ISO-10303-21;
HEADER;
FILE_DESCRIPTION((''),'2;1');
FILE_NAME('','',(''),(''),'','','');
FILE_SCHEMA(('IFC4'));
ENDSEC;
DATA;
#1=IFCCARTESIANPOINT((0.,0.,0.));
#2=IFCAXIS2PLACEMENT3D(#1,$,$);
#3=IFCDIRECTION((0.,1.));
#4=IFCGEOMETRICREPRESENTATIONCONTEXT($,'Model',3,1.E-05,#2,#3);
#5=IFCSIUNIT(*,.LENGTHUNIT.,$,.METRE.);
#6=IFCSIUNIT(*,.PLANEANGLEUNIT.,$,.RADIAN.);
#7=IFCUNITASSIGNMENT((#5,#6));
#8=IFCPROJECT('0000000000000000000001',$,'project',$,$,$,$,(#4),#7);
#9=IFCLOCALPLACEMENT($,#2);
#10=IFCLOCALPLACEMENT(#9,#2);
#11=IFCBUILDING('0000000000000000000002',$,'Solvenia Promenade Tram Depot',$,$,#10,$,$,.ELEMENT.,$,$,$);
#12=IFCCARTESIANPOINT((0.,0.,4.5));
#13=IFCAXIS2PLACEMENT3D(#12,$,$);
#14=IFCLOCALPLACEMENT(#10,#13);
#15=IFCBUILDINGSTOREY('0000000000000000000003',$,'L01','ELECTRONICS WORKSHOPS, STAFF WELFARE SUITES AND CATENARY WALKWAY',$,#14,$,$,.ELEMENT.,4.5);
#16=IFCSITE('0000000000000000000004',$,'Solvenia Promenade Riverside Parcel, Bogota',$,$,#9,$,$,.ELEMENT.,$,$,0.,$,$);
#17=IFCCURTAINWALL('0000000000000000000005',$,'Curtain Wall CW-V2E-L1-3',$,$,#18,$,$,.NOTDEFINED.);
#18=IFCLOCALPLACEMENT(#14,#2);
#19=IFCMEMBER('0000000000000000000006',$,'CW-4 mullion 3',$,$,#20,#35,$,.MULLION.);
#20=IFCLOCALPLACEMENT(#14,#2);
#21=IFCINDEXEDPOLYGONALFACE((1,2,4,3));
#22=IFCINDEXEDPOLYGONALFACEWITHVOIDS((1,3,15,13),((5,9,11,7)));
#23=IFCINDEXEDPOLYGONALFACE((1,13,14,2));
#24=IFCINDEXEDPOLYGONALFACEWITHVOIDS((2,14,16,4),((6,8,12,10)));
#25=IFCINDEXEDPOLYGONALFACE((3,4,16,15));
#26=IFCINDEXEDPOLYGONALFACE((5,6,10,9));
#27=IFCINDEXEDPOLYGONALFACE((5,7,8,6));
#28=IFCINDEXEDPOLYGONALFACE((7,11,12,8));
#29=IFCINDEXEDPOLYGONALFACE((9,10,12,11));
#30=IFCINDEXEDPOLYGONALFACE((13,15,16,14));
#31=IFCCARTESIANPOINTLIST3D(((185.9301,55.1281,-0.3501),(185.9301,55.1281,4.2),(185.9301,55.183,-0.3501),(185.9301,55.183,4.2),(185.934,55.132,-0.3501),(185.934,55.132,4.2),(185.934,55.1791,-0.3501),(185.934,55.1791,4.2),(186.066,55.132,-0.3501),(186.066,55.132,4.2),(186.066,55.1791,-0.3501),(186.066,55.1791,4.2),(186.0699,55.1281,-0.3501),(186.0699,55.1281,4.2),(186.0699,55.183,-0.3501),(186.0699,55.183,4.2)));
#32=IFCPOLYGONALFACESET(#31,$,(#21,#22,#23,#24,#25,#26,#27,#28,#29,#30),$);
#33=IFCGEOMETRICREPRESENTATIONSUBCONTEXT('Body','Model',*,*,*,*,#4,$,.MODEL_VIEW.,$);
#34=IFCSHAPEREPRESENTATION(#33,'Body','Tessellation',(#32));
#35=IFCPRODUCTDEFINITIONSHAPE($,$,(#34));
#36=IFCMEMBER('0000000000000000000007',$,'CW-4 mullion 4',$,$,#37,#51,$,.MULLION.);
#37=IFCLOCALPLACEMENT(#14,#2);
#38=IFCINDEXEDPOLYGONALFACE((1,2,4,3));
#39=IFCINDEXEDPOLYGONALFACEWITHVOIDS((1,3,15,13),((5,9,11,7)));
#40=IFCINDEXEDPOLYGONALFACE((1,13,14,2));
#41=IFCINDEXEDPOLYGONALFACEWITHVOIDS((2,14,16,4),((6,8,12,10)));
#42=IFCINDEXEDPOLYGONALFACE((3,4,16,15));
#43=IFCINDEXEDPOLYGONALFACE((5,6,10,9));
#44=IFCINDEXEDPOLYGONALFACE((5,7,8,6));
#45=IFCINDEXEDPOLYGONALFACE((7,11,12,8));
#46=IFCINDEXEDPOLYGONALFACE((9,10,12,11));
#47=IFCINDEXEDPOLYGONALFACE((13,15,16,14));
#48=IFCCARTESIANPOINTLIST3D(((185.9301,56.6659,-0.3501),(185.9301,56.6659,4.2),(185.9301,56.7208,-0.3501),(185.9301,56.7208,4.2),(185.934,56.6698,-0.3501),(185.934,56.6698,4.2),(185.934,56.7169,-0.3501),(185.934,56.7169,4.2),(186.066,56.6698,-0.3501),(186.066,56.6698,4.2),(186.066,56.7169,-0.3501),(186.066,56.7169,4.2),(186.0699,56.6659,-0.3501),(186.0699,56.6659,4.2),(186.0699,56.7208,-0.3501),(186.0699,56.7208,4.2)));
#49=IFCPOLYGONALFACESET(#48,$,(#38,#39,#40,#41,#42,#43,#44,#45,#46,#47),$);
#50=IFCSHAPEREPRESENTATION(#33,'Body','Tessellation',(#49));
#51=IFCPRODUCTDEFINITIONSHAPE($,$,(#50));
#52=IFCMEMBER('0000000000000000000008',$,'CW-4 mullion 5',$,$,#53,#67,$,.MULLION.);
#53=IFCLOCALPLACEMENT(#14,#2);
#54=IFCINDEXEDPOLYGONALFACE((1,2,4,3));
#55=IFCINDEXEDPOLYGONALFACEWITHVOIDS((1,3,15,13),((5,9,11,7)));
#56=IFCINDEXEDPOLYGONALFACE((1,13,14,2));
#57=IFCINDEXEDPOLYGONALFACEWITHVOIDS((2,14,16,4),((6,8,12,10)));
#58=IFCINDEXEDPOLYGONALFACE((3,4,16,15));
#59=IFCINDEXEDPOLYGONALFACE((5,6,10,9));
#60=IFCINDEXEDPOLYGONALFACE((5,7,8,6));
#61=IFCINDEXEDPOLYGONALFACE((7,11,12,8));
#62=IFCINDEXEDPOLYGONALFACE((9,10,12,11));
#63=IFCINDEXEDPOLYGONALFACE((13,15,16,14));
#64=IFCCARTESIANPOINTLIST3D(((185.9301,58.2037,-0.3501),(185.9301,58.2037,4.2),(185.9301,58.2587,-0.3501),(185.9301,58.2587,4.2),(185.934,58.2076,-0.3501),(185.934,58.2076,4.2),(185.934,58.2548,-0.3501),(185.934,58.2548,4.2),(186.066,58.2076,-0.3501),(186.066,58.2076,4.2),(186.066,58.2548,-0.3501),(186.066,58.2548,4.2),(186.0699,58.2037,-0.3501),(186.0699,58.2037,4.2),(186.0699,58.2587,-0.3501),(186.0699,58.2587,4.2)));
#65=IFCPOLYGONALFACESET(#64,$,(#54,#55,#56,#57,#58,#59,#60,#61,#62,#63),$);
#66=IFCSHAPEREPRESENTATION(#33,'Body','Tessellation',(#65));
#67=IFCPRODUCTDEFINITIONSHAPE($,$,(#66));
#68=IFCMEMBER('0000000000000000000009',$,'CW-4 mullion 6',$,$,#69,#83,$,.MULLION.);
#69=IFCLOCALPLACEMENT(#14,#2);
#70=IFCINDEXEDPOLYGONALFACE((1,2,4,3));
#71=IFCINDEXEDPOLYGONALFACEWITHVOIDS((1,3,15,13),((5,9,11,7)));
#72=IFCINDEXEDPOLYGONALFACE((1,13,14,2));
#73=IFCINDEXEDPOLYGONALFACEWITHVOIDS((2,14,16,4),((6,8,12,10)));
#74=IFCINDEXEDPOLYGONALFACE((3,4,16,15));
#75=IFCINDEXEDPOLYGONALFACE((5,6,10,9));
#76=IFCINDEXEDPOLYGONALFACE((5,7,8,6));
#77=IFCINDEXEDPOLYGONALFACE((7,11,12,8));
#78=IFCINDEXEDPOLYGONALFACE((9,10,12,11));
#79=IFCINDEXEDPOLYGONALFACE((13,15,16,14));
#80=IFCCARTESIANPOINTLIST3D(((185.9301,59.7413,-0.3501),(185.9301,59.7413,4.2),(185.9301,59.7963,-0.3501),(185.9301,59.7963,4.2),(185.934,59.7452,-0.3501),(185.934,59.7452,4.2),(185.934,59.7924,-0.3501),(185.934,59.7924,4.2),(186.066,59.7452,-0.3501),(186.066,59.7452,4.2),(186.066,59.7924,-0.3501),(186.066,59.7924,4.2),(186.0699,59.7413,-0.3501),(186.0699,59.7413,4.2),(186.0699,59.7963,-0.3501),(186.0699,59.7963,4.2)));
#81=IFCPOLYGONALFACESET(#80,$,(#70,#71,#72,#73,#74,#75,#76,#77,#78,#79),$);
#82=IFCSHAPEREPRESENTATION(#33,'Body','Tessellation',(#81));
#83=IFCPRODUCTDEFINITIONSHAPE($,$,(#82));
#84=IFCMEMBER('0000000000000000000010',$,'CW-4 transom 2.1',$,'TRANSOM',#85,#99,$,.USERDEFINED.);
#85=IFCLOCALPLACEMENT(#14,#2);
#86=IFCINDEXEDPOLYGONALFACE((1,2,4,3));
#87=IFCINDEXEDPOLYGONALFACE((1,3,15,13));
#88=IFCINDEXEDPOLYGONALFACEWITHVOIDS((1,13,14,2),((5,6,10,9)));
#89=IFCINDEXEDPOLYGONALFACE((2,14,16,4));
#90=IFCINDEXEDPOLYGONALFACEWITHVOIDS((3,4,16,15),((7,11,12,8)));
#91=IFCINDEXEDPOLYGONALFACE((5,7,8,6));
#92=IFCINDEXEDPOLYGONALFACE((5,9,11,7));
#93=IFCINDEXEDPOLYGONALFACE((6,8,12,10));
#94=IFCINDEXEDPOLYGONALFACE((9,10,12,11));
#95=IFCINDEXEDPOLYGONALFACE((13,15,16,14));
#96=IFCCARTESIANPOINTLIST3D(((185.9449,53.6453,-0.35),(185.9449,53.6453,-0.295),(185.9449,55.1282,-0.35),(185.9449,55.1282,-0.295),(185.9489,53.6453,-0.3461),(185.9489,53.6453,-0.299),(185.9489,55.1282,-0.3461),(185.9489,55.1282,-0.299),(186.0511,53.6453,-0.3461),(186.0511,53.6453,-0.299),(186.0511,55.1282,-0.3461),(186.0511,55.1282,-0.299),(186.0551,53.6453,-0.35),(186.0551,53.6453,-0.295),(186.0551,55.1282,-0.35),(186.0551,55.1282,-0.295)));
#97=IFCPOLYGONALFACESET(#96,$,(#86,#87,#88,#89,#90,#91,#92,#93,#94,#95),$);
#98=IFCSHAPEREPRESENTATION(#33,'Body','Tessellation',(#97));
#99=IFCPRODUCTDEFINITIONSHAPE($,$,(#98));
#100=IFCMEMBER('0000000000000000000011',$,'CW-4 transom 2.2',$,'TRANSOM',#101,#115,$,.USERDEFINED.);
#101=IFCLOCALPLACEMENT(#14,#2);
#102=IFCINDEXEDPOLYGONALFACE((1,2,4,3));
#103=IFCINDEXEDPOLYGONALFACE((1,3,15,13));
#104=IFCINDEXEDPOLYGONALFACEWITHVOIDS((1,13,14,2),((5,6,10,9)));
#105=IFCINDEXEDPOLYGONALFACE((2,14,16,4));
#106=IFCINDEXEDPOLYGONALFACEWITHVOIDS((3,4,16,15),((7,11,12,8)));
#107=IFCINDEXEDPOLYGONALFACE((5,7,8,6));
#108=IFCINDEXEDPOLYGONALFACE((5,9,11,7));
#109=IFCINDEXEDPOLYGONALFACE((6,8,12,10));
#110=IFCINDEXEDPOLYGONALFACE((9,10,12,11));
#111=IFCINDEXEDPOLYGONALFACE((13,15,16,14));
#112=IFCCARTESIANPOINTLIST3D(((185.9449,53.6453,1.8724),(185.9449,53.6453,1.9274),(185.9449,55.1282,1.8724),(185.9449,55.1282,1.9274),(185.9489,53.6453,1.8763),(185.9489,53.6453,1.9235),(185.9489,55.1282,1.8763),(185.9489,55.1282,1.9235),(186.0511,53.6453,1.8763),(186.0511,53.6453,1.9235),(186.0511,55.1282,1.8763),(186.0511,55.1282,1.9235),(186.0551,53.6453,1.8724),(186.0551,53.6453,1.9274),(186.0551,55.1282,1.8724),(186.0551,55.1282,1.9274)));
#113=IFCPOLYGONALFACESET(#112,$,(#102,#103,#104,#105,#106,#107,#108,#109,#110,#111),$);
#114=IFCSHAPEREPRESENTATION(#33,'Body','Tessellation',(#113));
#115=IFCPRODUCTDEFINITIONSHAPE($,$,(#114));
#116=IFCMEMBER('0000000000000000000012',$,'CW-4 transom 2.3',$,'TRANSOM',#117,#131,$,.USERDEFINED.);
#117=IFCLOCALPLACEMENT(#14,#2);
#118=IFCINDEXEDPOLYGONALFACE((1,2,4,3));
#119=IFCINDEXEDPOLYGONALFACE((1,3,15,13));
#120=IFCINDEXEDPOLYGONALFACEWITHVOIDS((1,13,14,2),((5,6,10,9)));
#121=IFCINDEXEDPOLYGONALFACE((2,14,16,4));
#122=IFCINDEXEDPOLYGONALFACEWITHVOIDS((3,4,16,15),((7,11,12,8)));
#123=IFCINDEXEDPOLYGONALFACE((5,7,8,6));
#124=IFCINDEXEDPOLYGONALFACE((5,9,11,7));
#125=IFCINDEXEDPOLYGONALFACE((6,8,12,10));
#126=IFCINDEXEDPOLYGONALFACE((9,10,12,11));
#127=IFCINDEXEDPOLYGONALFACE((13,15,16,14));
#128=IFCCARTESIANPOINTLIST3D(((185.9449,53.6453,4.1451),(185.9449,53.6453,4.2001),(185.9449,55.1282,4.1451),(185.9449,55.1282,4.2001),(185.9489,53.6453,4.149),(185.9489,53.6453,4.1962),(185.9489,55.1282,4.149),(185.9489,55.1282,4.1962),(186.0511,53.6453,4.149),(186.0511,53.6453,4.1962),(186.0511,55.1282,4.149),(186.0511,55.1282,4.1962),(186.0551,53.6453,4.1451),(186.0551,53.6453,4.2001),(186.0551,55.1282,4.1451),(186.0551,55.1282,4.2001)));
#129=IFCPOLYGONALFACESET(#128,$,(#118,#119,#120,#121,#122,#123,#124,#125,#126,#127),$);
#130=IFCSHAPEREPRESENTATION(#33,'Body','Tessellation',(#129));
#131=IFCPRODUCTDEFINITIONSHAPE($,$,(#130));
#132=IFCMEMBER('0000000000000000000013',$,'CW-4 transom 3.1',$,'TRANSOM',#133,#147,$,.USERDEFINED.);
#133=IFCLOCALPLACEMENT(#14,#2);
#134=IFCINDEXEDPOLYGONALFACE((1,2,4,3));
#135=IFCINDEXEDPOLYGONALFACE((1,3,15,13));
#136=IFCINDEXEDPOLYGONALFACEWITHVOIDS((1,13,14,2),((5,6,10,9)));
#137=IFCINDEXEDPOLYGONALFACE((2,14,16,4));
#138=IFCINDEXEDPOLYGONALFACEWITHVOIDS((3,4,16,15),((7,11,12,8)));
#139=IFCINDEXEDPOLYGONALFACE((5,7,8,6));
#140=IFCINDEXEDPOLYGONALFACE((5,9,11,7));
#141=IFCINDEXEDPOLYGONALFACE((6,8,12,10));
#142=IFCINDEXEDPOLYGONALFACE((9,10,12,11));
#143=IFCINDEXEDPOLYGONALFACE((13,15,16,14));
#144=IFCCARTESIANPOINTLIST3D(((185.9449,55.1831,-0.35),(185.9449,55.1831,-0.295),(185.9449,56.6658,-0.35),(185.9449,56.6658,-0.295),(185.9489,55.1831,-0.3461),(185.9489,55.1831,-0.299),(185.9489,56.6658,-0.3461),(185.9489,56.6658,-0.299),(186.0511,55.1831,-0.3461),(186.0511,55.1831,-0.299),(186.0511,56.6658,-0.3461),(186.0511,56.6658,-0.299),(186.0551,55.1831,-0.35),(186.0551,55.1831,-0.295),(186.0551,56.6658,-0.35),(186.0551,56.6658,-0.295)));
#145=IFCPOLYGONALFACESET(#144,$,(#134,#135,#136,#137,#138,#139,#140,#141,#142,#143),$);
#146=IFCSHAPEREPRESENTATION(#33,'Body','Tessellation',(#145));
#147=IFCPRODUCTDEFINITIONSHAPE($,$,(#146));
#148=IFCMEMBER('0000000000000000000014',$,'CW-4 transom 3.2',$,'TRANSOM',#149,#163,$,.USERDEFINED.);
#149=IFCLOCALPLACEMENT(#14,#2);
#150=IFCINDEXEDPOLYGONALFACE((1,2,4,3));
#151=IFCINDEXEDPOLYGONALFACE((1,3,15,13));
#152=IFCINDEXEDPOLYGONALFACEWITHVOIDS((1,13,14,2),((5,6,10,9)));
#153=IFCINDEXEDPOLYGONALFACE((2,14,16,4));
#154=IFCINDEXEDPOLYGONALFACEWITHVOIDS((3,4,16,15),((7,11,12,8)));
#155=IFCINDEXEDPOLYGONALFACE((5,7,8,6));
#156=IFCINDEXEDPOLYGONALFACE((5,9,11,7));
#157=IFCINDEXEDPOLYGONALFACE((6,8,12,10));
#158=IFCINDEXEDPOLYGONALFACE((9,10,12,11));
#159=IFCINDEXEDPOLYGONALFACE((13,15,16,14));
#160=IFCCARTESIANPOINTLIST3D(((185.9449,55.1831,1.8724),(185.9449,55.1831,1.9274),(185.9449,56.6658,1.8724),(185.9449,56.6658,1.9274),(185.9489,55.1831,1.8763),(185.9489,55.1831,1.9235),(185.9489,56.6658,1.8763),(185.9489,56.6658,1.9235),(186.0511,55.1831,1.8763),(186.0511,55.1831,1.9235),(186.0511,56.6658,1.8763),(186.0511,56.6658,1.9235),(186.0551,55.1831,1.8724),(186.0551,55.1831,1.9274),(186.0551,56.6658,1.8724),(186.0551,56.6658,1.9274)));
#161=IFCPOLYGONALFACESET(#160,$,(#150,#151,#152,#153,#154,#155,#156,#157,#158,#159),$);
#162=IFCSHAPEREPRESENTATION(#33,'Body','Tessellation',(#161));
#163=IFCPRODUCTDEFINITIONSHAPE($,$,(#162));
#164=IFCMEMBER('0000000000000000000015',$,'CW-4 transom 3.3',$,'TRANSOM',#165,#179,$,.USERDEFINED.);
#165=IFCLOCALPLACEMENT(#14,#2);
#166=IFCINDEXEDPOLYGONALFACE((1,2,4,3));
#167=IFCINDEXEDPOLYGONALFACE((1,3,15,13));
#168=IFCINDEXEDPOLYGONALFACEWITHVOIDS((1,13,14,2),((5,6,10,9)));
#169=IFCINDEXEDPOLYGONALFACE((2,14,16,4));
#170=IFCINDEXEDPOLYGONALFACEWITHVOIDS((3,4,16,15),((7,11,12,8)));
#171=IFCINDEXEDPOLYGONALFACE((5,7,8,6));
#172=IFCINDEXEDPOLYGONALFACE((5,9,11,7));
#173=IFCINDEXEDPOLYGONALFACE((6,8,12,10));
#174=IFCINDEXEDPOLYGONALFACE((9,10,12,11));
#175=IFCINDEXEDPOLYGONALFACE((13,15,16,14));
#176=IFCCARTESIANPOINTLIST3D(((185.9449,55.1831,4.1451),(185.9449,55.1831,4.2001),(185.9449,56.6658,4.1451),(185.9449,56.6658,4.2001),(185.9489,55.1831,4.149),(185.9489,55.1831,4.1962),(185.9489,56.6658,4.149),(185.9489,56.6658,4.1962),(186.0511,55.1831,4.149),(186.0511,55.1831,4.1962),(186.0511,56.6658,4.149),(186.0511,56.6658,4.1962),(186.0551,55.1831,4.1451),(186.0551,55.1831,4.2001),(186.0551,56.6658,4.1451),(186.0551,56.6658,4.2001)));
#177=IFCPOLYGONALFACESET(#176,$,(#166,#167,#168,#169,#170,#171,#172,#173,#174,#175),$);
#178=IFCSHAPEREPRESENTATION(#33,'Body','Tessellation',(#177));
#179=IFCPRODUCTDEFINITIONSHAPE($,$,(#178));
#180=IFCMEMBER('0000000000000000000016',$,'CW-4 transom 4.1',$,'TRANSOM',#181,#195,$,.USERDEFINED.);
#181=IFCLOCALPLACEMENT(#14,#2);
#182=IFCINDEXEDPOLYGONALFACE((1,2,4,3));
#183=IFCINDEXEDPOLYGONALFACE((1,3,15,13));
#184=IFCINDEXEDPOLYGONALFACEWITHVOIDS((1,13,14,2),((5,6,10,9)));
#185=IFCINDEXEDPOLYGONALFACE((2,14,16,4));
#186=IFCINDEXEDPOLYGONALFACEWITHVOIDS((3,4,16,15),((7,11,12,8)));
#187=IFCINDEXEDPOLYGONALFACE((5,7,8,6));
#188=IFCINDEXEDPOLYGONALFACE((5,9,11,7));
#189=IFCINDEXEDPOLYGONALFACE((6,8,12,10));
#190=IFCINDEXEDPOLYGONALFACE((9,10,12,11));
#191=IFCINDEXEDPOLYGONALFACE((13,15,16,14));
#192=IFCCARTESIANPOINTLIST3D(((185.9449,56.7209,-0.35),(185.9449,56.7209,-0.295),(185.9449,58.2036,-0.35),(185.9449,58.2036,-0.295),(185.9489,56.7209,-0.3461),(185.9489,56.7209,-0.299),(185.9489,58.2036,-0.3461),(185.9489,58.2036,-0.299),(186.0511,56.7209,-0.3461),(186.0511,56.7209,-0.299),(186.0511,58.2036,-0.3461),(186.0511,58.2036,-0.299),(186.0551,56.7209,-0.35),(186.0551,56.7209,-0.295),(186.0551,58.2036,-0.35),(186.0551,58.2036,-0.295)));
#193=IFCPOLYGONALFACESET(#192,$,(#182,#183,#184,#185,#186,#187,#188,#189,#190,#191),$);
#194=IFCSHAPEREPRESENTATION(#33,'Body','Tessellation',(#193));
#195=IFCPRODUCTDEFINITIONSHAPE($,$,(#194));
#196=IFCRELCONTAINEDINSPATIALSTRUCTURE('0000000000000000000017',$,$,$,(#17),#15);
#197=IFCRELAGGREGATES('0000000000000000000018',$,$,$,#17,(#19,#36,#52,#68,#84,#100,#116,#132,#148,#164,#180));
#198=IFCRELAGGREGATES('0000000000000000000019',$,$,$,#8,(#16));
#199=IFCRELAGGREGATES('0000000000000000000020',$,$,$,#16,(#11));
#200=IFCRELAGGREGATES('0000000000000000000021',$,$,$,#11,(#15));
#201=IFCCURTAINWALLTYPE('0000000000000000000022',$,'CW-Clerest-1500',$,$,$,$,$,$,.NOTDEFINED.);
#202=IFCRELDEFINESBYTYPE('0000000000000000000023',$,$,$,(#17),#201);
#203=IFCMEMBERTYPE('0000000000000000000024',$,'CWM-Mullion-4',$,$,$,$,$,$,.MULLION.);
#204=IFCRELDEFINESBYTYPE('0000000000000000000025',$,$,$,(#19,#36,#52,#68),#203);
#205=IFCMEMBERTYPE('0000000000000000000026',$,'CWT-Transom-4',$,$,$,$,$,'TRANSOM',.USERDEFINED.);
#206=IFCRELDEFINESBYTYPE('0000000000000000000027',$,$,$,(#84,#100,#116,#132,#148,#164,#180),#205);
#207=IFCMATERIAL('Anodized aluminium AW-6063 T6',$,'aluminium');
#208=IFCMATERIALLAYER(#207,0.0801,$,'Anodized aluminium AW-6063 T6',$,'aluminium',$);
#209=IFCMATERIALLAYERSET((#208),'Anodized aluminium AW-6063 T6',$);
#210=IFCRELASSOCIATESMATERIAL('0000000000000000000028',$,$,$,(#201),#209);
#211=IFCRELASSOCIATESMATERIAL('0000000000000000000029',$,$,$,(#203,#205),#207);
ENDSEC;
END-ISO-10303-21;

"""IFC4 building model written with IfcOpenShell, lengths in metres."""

from ifc_helpers import new_model, si_unit, direction, frame, origin, origin_2d, place, context, subcontext, project, spatial, hollow_rectangle, extrude, material, layer, layer_set, material_profile, profile_set, type_object, element, aggregate, save


model = new_model("IFC4")

# Units and contexts
model_context = context("Model", 3, precision=1e-05, world=origin(), true_north=direction((0.0, 1.0)))
body_context = subcontext(model_context, "Body", "Model", "MODEL_VIEW")
ifc_project = project(units=[si_unit("LENGTHUNIT", "METRE"), si_unit("PLANEANGLEUNIT", "RADIAN")], contexts=[model_context])

# Site, building, storey
site_placement = place(None, origin())
site = spatial("IfcSite", under=ifc_project, at=site_placement, Name="Solvenia Promenade Riverside Parcel, Bogota", CompositionType="ELEMENT", RefElevation=0.0)
building_placement = place(site_placement, origin())
building = spatial("IfcBuilding", under=site, at=building_placement, Name="Solvenia Promenade Tram Depot", CompositionType="ELEMENT")
storey_placement = place(building_placement, frame((0.0, 0.0, 4.5)))
storey = spatial("IfcBuildingStorey", under=building, at=storey_placement, Name="L01", Description="ELECTRONICS WORKSHOPS, STAFF WELFARE SUITES AND CATENARY WALKWAY", CompositionType="ELEMENT", Elevation=4.5)

# Curtain wall, members
ifc_material_1 = material(Name="Anodized aluminium AW-6063 T6", Category="aluminium")
ifc_layer_1 = layer(ifc_material_1, 0.0801, Name="Anodized aluminium AW-6063 T6", Category="aluminium")
ifc_layer_set_1 = layer_set([ifc_layer_1], Name="Anodized aluminium AW-6063 T6")
curtain_wall_type = type_object("IfcCurtainWallType", Name="CW-Clerest-1500", PredefinedType="NOTDEFINED", material=ifc_layer_set_1)
curtain_wall_placement = place(storey_placement, origin())
curtain_wall = element("IfcCurtainWall", 1, at=curtain_wall_placement, inside=storey, type_object=curtain_wall_type, Name="Curtain Wall CW-V2E-L1-3", PredefinedType="NOTDEFINED")
ifc_material_profile_1 = material_profile(ifc_material_1, hollow_rectangle(XDim=0.1399, YDim=0.0549, WallThickness=0.0039, at=origin_2d()), Name="ALU-M4", Category="aluminium")
ifc_profile_set_1 = profile_set([ifc_material_profile_1], Name="Anodized aluminium AW-6063 T6")
member_type_1 = type_object("IfcMemberType", Name="CWM-Mullion-4", PredefinedType="MULLION", material=ifc_profile_set_1)
member_1_placement = place(storey_placement, frame((186.0, 55.1555, -0.3501), z_axis=(0.0, 0.0, 1.0), x_axis=(-1.0, 0.0, 0.0)))
member_1 = element("IfcMember", 2, at=member_1_placement, type_object=member_type_1, Name="CW-4 mullion 3", PredefinedType="MULLION", context=body_context, shape_type="SweptSolid", body=[
    extrude(hollow_rectangle(XDim=0.1399, YDim=0.0549, WallThickness=0.0039, at=origin_2d()), origin(), (0.0, 0.0, 1.0), 4.55),
])
member_2_placement = place(storey_placement, frame((186.0, 56.6934, -0.3501), z_axis=(0.0, 0.0, 1.0), x_axis=(-1.0, 0.0, 0.0)))
member_2 = element("IfcMember", 3, at=member_2_placement, type_object=member_type_1, Name="CW-4 mullion 4", PredefinedType="MULLION", context=body_context, shape_type="SweptSolid", body=[
    extrude(hollow_rectangle(XDim=0.1399, YDim=0.0549, WallThickness=0.0039, at=origin_2d()), origin(), (0.0, 0.0, 1.0), 4.55),
])
member_3_placement = place(storey_placement, frame((186.0, 58.2312, -0.3501), z_axis=(0.0, 0.0, 1.0), x_axis=(-1.0, 0.0, 0.0)))
member_3 = element("IfcMember", 4, at=member_3_placement, type_object=member_type_1, Name="CW-4 mullion 5", PredefinedType="MULLION", context=body_context, shape_type="SweptSolid", body=[
    extrude(hollow_rectangle(XDim=0.1399, YDim=0.0549, WallThickness=0.0039, at=origin_2d()), origin(), (0.0, 0.0, 1.0), 4.55),
])
member_4_placement = place(storey_placement, frame((186.0, 59.7688, -0.3501), z_axis=(0.0, 0.0, 1.0), x_axis=(-1.0, 0.0, 0.0)))
member_4 = element("IfcMember", 5, at=member_4_placement, type_object=member_type_1, Name="CW-4 mullion 6", PredefinedType="MULLION", context=body_context, shape_type="SweptSolid", body=[
    extrude(hollow_rectangle(XDim=0.1399, YDim=0.0549, WallThickness=0.0039, at=origin_2d()), origin(), (0.0, 0.0, 1.0), 4.55),
])
ifc_material_profile_2 = material_profile(ifc_material_1, hollow_rectangle(XDim=0.1101, YDim=0.0549, WallThickness=0.0039, at=origin_2d()), Name="ALU-T4", Category="aluminium")
ifc_profile_set_2 = profile_set([ifc_material_profile_2], Name="Anodized aluminium AW-6063 T6")
member_type_2 = type_object("IfcMemberType", Name="CWT-Transom-4", ElementType="TRANSOM", PredefinedType="USERDEFINED", material=ifc_profile_set_2)
member_5_placement = place(storey_placement, frame((186.0, 53.6453, -0.3225), z_axis=(0.0, 1.0, 0.0), x_axis=(-1.0, 0.0, 0.0)))
member_5 = element("IfcMember", 6, at=member_5_placement, type_object=member_type_2, Name="CW-4 transom 2.1", ObjectType="TRANSOM", PredefinedType="USERDEFINED", context=body_context, shape_type="SweptSolid", body=[
    extrude(hollow_rectangle(XDim=0.1101, YDim=0.0549, WallThickness=0.0039, at=origin_2d()), origin(), (0.0, 0.0, 1.0), 1.4829),
])
member_6_placement = place(storey_placement, frame((186.0, 53.6453, 1.8999), z_axis=(0.0, 1.0, 0.0), x_axis=(-1.0, 0.0, 0.0)))
member_6 = element("IfcMember", 7, at=member_6_placement, type_object=member_type_2, Name="CW-4 transom 2.2", ObjectType="TRANSOM", PredefinedType="USERDEFINED", context=body_context, shape_type="SweptSolid", body=[
    extrude(hollow_rectangle(XDim=0.1101, YDim=0.0549, WallThickness=0.0039, at=origin_2d()), origin(), (0.0, 0.0, 1.0), 1.4829),
])
member_7_placement = place(storey_placement, frame((186.0, 53.6453, 4.1726), z_axis=(0.0, 1.0, 0.0), x_axis=(-1.0, 0.0, 0.0)))
member_7 = element("IfcMember", 8, at=member_7_placement, type_object=member_type_2, Name="CW-4 transom 2.3", ObjectType="TRANSOM", PredefinedType="USERDEFINED", context=body_context, shape_type="SweptSolid", body=[
    extrude(hollow_rectangle(XDim=0.1101, YDim=0.0549, WallThickness=0.0039, at=origin_2d()), origin(), (0.0, 0.0, 1.0), 1.4829),
])
member_8_placement = place(storey_placement, frame((186.0, 55.1831, -0.3225), z_axis=(0.0, 1.0, 0.0), x_axis=(-1.0, 0.0, 0.0)))
member_8 = element("IfcMember", 9, at=member_8_placement, type_object=member_type_2, Name="CW-4 transom 3.1", ObjectType="TRANSOM", PredefinedType="USERDEFINED", context=body_context, shape_type="SweptSolid", body=[
    extrude(hollow_rectangle(XDim=0.1101, YDim=0.0549, WallThickness=0.0039, at=origin_2d()), origin(), (0.0, 0.0, 1.0), 1.4827),
])
member_9_placement = place(storey_placement, frame((186.0, 55.1831, 1.8999), z_axis=(0.0, 1.0, 0.0), x_axis=(-1.0, 0.0, 0.0)))
member_9 = element("IfcMember", 10, at=member_9_placement, type_object=member_type_2, Name="CW-4 transom 3.2", ObjectType="TRANSOM", PredefinedType="USERDEFINED", context=body_context, shape_type="SweptSolid", body=[
    extrude(hollow_rectangle(XDim=0.1101, YDim=0.0549, WallThickness=0.0039, at=origin_2d()), origin(), (0.0, 0.0, 1.0), 1.4827),
])
member_10_placement = place(storey_placement, frame((186.0, 55.1831, 4.1726), z_axis=(0.0, 1.0, 0.0), x_axis=(-1.0, 0.0, 0.0)))
member_10 = element("IfcMember", 11, at=member_10_placement, type_object=member_type_2, Name="CW-4 transom 3.3", ObjectType="TRANSOM", PredefinedType="USERDEFINED", context=body_context, shape_type="SweptSolid", body=[
    extrude(hollow_rectangle(XDim=0.1101, YDim=0.0549, WallThickness=0.0039, at=origin_2d()), origin(), (0.0, 0.0, 1.0), 1.4827),
])
member_11_placement = place(storey_placement, frame((186.0, 56.7209, -0.3225), z_axis=(0.0, 1.0, 0.0), x_axis=(-1.0, 0.0, 0.0)))
member_11 = element("IfcMember", 12, at=member_11_placement, type_object=member_type_2, Name="CW-4 transom 4.1", ObjectType="TRANSOM", PredefinedType="USERDEFINED", context=body_context, shape_type="SweptSolid", body=[
    extrude(hollow_rectangle(XDim=0.1101, YDim=0.0549, WallThickness=0.0039, at=origin_2d()), origin(), (0.0, 0.0, 1.0), 1.4827),
])
aggregate(curtain_wall, [member_1, member_2, member_3, member_4, member_5, member_6, member_7, member_8, member_9, member_10, member_11])

save(model, "model.ifc")
